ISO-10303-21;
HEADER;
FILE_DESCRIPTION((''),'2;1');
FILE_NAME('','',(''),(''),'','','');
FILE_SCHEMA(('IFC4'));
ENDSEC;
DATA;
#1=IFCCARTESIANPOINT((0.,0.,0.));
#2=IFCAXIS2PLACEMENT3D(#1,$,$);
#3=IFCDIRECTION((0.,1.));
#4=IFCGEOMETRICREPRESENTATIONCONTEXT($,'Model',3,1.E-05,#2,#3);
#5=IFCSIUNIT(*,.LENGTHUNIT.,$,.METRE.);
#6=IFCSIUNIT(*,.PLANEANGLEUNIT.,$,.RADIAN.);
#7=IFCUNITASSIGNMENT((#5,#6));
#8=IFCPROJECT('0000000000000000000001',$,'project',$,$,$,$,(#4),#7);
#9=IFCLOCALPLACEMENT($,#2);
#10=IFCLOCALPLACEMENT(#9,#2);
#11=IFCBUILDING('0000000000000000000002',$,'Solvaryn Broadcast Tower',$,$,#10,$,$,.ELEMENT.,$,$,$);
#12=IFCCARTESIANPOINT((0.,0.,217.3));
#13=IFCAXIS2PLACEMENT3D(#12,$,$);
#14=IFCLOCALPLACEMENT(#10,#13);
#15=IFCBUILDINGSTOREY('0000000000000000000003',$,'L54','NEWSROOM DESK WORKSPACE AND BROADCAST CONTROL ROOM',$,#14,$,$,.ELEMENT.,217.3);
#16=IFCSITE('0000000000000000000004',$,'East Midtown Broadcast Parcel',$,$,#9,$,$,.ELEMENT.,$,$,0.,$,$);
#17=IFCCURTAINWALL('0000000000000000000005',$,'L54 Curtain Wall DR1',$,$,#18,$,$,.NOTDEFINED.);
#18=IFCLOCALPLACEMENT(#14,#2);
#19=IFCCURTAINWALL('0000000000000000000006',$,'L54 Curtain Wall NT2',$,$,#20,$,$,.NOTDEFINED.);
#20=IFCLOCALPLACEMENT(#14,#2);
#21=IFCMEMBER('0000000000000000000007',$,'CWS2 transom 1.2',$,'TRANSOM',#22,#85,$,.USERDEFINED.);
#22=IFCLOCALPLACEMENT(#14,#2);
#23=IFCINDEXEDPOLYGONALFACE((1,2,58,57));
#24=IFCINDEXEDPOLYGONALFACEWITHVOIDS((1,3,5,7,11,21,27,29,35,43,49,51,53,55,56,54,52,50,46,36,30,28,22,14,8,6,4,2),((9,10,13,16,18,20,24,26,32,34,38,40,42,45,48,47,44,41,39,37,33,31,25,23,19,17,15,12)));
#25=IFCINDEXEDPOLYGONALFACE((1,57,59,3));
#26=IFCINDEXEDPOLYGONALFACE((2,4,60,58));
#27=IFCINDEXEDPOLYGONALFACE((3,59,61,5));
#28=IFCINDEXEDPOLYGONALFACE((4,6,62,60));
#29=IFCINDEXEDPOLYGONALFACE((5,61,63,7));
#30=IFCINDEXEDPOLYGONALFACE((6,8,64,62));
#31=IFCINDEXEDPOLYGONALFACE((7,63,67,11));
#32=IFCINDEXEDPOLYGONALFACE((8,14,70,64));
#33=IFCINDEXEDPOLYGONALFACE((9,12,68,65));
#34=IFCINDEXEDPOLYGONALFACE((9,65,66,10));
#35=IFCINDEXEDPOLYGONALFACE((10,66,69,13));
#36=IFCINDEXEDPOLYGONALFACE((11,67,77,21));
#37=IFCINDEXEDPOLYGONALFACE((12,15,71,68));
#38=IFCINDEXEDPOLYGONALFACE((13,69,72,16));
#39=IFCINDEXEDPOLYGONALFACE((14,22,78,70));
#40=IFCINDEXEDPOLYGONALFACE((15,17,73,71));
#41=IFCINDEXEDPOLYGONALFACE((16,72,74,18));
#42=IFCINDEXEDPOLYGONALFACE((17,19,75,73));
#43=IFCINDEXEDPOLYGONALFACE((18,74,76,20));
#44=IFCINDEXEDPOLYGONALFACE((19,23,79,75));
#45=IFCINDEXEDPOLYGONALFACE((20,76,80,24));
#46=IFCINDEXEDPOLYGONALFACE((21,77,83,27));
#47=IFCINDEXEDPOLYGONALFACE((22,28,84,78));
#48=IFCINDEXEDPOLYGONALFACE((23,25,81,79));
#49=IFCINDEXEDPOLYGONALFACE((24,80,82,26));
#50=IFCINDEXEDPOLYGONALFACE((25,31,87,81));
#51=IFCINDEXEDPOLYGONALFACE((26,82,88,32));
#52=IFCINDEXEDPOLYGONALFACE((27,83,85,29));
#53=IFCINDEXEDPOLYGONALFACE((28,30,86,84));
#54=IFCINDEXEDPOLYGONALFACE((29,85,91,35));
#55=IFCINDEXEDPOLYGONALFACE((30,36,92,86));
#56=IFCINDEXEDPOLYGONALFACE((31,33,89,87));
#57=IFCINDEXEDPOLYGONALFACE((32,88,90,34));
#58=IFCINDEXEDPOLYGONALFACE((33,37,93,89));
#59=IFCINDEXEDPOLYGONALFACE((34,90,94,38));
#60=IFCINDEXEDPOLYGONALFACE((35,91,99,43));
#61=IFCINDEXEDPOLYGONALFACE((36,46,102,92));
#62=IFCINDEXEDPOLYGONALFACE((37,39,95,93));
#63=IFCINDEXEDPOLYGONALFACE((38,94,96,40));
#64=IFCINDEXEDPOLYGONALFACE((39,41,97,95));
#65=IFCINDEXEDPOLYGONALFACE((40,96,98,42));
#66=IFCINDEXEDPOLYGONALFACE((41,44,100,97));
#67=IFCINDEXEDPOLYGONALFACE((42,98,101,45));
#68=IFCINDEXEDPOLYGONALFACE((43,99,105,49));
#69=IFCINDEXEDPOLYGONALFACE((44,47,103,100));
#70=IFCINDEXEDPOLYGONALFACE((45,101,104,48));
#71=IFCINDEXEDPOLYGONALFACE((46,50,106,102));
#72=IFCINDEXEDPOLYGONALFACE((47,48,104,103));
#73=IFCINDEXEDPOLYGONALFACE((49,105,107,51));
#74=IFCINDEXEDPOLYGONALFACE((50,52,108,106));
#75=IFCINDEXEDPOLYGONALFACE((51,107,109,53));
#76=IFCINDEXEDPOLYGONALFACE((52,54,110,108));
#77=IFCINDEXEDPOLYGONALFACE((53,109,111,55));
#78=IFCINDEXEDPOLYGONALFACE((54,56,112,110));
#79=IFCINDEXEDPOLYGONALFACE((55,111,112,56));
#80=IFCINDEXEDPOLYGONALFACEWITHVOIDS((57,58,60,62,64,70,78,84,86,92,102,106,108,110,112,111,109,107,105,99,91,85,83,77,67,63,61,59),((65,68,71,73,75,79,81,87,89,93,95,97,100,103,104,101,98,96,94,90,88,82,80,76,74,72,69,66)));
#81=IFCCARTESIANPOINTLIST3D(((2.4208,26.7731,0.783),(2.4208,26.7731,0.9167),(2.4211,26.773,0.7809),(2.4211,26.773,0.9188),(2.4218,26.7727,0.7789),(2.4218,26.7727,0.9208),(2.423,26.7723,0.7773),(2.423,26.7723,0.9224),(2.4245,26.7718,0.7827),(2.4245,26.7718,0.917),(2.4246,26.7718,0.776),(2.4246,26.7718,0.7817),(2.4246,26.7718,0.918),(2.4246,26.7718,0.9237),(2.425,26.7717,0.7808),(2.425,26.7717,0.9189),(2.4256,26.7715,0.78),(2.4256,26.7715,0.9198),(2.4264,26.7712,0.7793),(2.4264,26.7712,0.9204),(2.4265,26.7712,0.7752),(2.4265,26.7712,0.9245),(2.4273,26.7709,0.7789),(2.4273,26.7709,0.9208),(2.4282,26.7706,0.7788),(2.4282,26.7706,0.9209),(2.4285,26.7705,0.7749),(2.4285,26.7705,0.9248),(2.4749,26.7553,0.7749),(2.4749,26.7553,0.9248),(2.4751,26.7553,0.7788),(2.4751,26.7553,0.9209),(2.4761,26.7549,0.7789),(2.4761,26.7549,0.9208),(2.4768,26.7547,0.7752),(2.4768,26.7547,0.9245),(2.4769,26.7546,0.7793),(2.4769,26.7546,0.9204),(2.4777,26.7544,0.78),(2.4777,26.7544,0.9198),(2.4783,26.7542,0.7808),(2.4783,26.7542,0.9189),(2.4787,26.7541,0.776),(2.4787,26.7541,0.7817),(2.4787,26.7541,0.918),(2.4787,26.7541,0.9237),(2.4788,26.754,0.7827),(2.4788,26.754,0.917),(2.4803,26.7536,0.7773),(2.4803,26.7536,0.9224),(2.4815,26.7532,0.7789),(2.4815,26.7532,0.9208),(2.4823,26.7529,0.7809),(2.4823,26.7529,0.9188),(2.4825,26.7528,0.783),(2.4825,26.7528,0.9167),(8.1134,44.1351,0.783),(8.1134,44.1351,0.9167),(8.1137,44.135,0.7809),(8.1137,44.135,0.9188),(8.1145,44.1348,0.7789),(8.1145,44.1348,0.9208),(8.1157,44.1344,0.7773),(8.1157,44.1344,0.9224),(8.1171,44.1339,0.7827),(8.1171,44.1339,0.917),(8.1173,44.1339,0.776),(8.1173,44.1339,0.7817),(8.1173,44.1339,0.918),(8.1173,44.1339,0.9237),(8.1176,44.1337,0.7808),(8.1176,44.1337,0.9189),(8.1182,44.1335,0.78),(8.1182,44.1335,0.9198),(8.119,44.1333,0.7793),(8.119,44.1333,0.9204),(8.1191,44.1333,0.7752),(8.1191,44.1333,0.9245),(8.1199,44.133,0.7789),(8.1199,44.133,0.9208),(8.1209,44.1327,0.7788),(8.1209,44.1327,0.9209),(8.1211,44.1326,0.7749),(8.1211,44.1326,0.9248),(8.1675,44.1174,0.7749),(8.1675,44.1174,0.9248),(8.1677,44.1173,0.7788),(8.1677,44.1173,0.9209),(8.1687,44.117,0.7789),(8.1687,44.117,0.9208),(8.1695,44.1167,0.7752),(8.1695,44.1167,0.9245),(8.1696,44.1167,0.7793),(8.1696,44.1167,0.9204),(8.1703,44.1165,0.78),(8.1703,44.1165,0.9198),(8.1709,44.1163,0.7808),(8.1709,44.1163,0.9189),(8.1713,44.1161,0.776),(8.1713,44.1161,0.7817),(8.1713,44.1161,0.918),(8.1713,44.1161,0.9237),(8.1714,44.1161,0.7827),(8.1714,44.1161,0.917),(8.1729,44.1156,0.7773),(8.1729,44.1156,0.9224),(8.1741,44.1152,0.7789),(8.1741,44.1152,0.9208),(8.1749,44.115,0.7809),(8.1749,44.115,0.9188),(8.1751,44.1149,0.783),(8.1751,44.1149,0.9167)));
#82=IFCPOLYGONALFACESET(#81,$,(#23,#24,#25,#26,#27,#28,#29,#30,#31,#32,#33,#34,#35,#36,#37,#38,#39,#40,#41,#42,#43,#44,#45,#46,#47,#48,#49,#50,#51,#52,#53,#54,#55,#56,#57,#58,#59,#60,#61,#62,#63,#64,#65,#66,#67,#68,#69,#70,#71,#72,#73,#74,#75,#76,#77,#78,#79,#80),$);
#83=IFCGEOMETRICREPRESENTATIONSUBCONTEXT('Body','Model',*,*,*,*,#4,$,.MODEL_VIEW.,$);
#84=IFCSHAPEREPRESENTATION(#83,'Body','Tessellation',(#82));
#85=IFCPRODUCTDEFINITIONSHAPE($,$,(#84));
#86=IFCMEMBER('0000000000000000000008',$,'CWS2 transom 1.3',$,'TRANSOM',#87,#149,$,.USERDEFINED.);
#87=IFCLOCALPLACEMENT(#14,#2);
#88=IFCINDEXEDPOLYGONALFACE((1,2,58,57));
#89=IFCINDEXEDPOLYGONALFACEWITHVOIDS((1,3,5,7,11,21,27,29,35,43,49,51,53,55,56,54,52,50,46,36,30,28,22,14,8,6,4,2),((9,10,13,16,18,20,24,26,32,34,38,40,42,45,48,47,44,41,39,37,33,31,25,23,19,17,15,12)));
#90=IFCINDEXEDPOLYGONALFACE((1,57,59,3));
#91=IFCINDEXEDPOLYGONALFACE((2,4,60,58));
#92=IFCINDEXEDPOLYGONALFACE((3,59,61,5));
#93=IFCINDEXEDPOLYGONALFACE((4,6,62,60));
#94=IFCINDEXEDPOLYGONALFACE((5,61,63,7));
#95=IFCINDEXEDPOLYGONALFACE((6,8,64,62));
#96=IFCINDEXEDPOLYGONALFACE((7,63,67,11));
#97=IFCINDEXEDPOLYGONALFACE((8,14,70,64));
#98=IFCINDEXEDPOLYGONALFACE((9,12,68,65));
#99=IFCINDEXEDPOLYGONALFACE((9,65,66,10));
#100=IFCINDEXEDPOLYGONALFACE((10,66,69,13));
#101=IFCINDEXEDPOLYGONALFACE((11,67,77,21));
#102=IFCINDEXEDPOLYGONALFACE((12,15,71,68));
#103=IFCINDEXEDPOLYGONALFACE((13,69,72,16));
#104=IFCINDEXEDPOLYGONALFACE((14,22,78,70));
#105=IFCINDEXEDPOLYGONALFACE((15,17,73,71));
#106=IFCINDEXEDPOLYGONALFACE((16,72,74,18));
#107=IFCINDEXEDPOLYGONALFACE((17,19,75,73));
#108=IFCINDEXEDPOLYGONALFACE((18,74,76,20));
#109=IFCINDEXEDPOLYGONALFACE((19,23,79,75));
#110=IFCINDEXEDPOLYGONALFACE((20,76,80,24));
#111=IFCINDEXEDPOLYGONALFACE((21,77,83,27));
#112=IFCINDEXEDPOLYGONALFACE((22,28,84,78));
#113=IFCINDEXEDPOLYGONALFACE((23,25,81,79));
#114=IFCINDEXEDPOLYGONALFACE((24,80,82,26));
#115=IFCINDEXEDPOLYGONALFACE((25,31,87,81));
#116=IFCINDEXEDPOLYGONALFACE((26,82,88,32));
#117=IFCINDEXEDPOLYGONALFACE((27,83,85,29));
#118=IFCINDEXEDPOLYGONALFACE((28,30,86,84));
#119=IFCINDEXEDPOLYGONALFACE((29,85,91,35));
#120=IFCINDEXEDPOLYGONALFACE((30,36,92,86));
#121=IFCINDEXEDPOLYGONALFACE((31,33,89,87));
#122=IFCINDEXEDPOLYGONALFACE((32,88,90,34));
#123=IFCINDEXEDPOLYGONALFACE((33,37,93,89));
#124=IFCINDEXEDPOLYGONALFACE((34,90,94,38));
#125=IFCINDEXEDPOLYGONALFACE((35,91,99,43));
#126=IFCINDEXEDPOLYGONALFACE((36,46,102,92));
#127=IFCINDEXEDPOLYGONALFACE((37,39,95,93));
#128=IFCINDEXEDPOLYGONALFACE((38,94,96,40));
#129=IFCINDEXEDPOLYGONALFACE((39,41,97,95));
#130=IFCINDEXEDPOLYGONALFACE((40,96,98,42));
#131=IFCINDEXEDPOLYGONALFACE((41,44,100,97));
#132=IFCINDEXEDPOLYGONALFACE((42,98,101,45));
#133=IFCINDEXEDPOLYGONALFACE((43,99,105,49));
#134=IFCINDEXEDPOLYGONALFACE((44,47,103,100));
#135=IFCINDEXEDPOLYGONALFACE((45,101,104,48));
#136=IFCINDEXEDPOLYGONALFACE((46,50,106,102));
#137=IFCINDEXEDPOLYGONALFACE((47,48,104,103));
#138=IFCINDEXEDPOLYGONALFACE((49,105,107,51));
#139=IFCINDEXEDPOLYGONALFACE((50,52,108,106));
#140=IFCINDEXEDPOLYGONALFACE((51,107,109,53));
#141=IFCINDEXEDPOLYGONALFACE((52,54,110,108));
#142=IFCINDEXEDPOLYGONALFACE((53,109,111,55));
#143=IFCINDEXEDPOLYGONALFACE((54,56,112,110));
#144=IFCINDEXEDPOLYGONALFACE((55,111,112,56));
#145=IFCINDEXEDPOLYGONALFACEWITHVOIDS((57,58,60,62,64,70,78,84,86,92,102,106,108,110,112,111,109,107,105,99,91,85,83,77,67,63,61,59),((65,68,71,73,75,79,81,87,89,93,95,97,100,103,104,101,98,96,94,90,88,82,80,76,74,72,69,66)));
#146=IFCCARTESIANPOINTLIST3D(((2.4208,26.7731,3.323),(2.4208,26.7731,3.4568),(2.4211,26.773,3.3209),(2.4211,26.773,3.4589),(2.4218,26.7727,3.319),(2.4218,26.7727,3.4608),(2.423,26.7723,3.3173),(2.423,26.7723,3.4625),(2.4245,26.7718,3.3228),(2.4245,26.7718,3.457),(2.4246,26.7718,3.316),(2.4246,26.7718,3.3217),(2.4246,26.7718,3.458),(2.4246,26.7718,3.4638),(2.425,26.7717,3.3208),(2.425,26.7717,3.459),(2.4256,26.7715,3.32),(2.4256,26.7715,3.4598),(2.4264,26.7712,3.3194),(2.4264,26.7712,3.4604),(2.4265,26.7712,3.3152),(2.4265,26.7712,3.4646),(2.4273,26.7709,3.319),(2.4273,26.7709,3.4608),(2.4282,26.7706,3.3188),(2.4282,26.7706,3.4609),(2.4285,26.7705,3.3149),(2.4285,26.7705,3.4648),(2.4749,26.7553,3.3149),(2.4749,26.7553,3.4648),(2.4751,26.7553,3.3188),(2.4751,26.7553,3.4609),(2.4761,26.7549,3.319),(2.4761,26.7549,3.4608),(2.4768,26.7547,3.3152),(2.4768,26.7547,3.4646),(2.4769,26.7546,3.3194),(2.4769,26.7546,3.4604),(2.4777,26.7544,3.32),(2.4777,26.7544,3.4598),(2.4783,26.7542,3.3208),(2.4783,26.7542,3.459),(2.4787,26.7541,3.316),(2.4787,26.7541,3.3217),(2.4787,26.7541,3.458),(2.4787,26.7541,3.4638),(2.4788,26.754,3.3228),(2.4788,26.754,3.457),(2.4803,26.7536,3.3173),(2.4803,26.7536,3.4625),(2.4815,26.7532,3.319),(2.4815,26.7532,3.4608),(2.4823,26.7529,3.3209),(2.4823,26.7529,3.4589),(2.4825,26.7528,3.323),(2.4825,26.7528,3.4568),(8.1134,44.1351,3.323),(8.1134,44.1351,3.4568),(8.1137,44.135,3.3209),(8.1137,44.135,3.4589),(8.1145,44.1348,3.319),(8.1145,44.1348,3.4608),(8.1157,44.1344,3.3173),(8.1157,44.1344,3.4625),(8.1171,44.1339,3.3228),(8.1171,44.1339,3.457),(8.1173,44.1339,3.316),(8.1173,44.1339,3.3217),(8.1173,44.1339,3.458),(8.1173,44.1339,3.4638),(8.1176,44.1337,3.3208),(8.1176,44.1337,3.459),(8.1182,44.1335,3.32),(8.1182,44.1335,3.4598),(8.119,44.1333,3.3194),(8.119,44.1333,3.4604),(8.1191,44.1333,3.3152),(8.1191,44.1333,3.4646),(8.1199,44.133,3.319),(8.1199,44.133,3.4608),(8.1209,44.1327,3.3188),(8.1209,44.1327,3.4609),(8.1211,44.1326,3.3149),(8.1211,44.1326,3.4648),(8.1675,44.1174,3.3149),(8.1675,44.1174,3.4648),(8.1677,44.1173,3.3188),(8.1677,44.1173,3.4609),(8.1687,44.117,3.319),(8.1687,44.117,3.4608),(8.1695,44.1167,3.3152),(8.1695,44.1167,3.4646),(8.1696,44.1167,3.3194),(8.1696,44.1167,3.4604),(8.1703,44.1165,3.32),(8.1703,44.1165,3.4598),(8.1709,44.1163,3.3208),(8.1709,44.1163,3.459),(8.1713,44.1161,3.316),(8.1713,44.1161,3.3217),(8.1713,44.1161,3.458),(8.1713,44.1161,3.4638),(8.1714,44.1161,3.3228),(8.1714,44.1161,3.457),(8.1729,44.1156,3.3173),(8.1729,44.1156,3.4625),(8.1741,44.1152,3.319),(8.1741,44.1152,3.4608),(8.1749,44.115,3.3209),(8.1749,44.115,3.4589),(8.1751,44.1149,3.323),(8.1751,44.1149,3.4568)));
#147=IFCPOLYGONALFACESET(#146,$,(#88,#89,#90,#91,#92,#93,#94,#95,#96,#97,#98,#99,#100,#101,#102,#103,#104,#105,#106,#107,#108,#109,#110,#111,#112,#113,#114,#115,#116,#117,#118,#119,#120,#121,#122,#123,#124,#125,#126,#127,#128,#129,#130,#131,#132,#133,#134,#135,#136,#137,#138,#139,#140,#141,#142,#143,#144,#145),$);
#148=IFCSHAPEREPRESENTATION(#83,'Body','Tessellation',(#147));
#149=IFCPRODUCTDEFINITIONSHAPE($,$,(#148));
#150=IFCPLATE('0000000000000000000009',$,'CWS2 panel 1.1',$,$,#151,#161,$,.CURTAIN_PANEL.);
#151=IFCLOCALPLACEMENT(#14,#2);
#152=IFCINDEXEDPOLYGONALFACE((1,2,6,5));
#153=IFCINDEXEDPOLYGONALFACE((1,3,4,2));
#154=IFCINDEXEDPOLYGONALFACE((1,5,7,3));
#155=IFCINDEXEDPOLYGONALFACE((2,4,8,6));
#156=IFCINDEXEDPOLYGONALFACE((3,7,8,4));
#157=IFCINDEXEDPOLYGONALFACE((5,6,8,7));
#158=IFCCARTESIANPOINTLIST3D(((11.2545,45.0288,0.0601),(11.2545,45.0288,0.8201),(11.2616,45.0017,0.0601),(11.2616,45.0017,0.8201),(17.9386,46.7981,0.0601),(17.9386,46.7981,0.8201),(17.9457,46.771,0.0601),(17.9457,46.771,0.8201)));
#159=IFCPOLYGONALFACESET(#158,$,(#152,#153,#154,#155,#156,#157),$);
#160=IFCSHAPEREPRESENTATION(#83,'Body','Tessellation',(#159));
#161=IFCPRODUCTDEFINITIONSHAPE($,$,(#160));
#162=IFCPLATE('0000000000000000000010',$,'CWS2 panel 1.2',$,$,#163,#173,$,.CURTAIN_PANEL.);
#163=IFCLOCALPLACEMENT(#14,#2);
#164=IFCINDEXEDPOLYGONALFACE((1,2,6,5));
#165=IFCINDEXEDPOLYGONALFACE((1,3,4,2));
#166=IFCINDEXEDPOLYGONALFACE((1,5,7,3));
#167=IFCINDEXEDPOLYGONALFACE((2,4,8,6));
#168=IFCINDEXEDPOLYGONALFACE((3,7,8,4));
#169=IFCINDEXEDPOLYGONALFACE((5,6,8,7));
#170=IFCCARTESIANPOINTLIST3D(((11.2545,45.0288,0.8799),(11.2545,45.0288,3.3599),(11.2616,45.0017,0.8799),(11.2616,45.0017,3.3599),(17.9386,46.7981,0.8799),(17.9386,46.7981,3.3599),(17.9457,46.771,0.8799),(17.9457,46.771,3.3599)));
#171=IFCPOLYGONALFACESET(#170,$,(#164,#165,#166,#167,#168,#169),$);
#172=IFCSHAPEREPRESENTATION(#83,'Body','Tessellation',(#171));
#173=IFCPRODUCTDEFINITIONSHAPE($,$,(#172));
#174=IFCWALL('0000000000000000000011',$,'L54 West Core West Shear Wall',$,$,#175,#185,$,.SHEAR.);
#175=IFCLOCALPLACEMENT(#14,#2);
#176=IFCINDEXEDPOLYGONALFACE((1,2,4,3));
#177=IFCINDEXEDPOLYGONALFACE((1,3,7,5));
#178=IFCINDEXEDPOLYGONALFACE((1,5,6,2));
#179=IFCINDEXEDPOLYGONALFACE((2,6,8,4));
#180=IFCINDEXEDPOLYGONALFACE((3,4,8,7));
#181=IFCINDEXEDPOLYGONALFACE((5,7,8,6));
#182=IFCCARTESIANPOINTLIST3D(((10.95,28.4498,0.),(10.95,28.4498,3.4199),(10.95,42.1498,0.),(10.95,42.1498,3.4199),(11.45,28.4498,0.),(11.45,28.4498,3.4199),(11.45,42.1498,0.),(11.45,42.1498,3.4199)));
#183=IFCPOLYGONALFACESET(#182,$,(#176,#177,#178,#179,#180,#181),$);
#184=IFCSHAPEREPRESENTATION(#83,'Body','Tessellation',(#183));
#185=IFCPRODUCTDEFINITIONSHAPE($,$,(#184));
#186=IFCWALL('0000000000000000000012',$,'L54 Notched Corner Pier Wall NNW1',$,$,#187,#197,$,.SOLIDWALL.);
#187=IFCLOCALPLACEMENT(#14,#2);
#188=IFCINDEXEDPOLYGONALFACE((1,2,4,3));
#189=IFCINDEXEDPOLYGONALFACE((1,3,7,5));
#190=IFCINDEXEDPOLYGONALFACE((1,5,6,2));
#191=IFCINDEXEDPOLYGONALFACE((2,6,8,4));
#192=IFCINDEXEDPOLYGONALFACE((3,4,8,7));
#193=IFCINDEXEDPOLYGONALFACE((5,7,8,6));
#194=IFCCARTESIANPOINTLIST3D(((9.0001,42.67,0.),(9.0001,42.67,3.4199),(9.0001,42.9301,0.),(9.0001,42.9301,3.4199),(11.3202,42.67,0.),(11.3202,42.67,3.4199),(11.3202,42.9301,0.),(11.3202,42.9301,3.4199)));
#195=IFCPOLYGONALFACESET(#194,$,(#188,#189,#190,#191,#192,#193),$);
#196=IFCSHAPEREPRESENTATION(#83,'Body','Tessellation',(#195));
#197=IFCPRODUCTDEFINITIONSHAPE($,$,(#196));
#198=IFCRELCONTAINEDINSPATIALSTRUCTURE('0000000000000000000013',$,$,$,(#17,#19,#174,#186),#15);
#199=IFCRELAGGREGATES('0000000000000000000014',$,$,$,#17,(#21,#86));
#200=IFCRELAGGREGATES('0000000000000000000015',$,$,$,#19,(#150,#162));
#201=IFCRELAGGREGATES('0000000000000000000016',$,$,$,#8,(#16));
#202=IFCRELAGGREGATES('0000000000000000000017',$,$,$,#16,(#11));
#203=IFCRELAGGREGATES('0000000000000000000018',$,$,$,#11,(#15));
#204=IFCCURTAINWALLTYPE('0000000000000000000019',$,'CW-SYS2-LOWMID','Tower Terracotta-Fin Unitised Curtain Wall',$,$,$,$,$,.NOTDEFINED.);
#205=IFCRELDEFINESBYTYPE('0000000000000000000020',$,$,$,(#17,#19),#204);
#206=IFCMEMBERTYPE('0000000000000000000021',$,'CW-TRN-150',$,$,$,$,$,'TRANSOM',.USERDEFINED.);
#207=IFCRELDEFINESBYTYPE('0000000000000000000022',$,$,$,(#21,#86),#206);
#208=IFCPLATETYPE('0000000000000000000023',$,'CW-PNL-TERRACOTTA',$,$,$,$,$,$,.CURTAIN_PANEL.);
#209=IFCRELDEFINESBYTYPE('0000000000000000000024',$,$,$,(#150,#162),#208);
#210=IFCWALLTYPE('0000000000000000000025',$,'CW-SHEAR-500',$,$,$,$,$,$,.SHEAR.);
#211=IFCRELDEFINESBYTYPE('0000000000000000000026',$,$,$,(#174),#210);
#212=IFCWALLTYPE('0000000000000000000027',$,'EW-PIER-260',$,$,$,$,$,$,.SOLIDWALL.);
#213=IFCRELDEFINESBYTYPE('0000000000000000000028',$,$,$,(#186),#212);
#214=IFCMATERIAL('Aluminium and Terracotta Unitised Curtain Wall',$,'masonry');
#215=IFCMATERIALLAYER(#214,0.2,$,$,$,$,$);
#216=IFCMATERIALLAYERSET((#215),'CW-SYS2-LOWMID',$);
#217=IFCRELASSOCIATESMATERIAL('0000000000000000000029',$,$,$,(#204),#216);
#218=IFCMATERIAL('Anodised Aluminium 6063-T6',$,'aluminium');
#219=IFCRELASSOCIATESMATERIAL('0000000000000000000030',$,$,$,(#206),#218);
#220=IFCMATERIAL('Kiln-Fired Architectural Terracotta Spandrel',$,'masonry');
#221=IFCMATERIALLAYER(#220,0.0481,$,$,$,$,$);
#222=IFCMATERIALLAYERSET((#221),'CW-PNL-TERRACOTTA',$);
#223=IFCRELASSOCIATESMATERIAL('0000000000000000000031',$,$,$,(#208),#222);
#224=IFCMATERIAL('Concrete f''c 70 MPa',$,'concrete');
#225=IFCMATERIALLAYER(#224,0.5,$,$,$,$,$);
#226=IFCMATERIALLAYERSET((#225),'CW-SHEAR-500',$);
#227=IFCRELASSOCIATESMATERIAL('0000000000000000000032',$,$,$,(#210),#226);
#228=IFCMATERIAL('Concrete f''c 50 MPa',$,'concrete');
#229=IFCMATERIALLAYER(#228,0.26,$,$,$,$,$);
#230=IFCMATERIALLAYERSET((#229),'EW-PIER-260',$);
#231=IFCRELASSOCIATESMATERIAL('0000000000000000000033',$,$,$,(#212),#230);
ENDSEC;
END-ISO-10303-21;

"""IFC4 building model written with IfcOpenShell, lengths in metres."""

from ifc_helpers import new_model, si_unit, direction, frame, frame_2d, origin, origin_2d, place, context, subcontext, project, spatial, rectangle, hollow_rectangle, extrude, material, layer, layer_set, material_profile, profile_set, type_object, element, aggregate, save


model = new_model("IFC4")

# Units and contexts
model_context = context("Model", 3, precision=1e-05, world=origin(), true_north=direction((0.0, 1.0)))
body_context = subcontext(model_context, "Body", "Model", "MODEL_VIEW")
ifc_project = project(units=[si_unit("LENGTHUNIT", "METRE"), si_unit("PLANEANGLEUNIT", "RADIAN")], contexts=[model_context])

# Site, building, storey
site_placement = place(None, origin())
site = spatial("IfcSite", under=ifc_project, at=site_placement, Name="East Midtown Broadcast Parcel", CompositionType="ELEMENT", RefElevation=0.0)
building_placement = place(site_placement, origin())
building = spatial("IfcBuilding", under=site, at=building_placement, Name="Solvaryn Broadcast Tower", CompositionType="ELEMENT")
storey_placement = place(building_placement, frame((0.0, 0.0, 217.3)))
storey = spatial("IfcBuildingStorey", under=building, at=storey_placement, Name="L54", Description="NEWSROOM DESK WORKSPACE AND BROADCAST CONTROL ROOM", CompositionType="ELEMENT", Elevation=217.3)

# Curtain walls
ifc_material_1 = material(Name="Aluminium and Terracotta Unitised Curtain Wall", Category="masonry")
ifc_layer_1 = layer(ifc_material_1, 0.2)
ifc_layer_set_1 = layer_set([ifc_layer_1], Name="CW-SYS2-LOWMID")
curtain_wall_type = type_object("IfcCurtainWallType", Name="CW-SYS2-LOWMID", Description="Tower Terracotta-Fin Unitised Curtain Wall", PredefinedType="NOTDEFINED", material=ifc_layer_set_1)
curtain_wall_1_placement = place(storey_placement, origin())
curtain_wall_1 = element("IfcCurtainWall", 1, at=curtain_wall_1_placement, inside=storey, type_object=curtain_wall_type, Name="L54 Curtain Wall DR1", PredefinedType="NOTDEFINED")
curtain_wall_2_placement = place(storey_placement, origin())
curtain_wall_2 = element("IfcCurtainWall", 2, at=curtain_wall_2_placement, inside=storey, type_object=curtain_wall_type, Name="L54 Curtain Wall NT2", PredefinedType="NOTDEFINED")

# Members
ifc_material_2 = material(Name="Anodised Aluminium 6063-T6", Category="aluminium")
ifc_material_profile_1 = material_profile(ifc_material_2, hollow_rectangle(XDim=0.0649, YDim=0.1499, WallThickness=0.0039, InnerFilletRadius=0.0039, OuterFilletRadius=0.0081, at=origin_2d()))
ifc_profile_set_1 = profile_set([ifc_material_profile_1], Name="Anodised Aluminium 6063-T6")
member_type_1 = type_object("IfcMemberType", Name="CW-TRN-150", ElementType="TRANSOM", PredefinedType="USERDEFINED", material=ifc_profile_set_1)
member_1_placement = place(storey_placement, frame((8.1443, 44.125, 0.8499), z_axis=(-0.311558, -0.950227, 0.0), x_axis=(0.950227, -0.311558, 0.0)))
member_1 = element("IfcMember", 3, at=member_1_placement, type_object=member_type_1, Name="CWS2 transom 1.2", ObjectType="TRANSOM", PredefinedType="USERDEFINED", context=body_context, shape_type="SweptSolid", body=[
    extrude(hollow_rectangle(XDim=0.0649, YDim=0.1499, WallThickness=0.0039, InnerFilletRadius=0.0039, OuterFilletRadius=0.0081, at=origin_2d()), origin(), (0.0, 0.0, 1.0), 18.2715),
])
member_2_placement = place(storey_placement, frame((8.1443, 44.125, 3.3899), z_axis=(-0.311558, -0.950227, 0.0), x_axis=(0.950227, -0.311558, 0.0)))
member_2 = element("IfcMember", 4, at=member_2_placement, type_object=member_type_1, Name="CWS2 transom 1.3", ObjectType="TRANSOM", PredefinedType="USERDEFINED", context=body_context, shape_type="SweptSolid", body=[
    extrude(hollow_rectangle(XDim=0.0649, YDim=0.1499, WallThickness=0.0039, InnerFilletRadius=0.0039, OuterFilletRadius=0.0081, at=origin_2d()), origin(), (0.0, 0.0, 1.0), 18.2715),
])
aggregate(curtain_wall_1, [member_1, member_2])

# Plates
ifc_material_3 = material(Name="Kiln-Fired Architectural Terracotta Spandrel", Category="masonry")
ifc_layer_2 = layer(ifc_material_3, 0.0481)
ifc_layer_set_2 = layer_set([ifc_layer_2], Name="CW-PNL-TERRACOTTA")
plate_type = type_object("IfcPlateType", Name="CW-PNL-TERRACOTTA", PredefinedType="CURTAIN_PANEL", material=ifc_layer_set_2)
plate_1_placement = place(storey_placement, frame((14.6001, 45.8999, 0.0601), z_axis=(0.0, 0.0, 1.0), x_axis=(-0.966705, -0.255893, 0.0)))
plate_1 = element("IfcPlate", 5, at=plate_1_placement, type_object=plate_type, Name="CWS2 panel 1.1", PredefinedType="CURTAIN_PANEL", context=body_context, shape_type="SweptSolid", body=[
    extrude(rectangle(XDim=6.9143, YDim=0.0281, at=origin_2d()), origin(), (0.0, 0.0, 1.0), 0.76),
])
plate_2_placement = place(storey_placement, frame((14.6001, 45.8999, 0.8799), z_axis=(0.0, 0.0, 1.0), x_axis=(-0.966705, -0.255893, 0.0)))
plate_2 = element("IfcPlate", 6, at=plate_2_placement, type_object=plate_type, Name="CWS2 panel 1.2", PredefinedType="CURTAIN_PANEL", context=body_context, shape_type="SweptSolid", body=[
    extrude(rectangle(XDim=6.9143, YDim=0.0281, at=origin_2d()), origin(), (0.0, 0.0, 1.0), 2.48),
])
aggregate(curtain_wall_2, [plate_1, plate_2])

# Walls
ifc_material_4 = material(Name="Concrete f'c 70 MPa", Category="concrete")
ifc_layer_3 = layer(ifc_material_4, 0.5)
ifc_layer_set_3 = layer_set([ifc_layer_3], Name="CW-SHEAR-500")
wall_type_1 = type_object("IfcWallType", Name="CW-SHEAR-500", PredefinedType="SHEAR", material=ifc_layer_set_3)
wall_1_placement = place(storey_placement, frame((11.2, 42.1499, 0.0), z_axis=(0.0, 0.0, 1.0), x_axis=(0.0, -1.0, 0.0)))
element("IfcWall", 7, at=wall_1_placement, inside=storey, type_object=wall_type_1, Name="L54 West Core West Shear Wall", PredefinedType="SHEAR", context=body_context, shape_type="SweptSolid", body=[
    extrude(rectangle(XDim=13.7, YDim=0.5, at=frame_2d((6.8501, 0.0))), origin(), (0.0, 0.0, 1.0), 3.4199),
])
ifc_material_5 = material(Name="Concrete f'c 50 MPa", Category="concrete")
ifc_layer_4 = layer(ifc_material_5, 0.26)
ifc_layer_set_4 = layer_set([ifc_layer_4], Name="EW-PIER-260")
wall_type_2 = type_object("IfcWallType", Name="EW-PIER-260", PredefinedType="SOLIDWALL", material=ifc_layer_set_4)
wall_2_placement = place(storey_placement, frame((9.0, 42.8, 0.0), z_axis=(0.0, 0.0, 1.0), x_axis=(1.0, 0.0, 0.0)))
element("IfcWall", 8, at=wall_2_placement, inside=storey, type_object=wall_type_2, Name="L54 Notched Corner Pier Wall NNW1", PredefinedType="SOLIDWALL", context=body_context, shape_type="SweptSolid", body=[
    extrude(rectangle(XDim=2.3201, YDim=0.26, at=frame_2d((1.1602, 0.0))), origin(), (0.0, 0.0, 1.0), 3.4199),
])

save(model, "model.ifc")
